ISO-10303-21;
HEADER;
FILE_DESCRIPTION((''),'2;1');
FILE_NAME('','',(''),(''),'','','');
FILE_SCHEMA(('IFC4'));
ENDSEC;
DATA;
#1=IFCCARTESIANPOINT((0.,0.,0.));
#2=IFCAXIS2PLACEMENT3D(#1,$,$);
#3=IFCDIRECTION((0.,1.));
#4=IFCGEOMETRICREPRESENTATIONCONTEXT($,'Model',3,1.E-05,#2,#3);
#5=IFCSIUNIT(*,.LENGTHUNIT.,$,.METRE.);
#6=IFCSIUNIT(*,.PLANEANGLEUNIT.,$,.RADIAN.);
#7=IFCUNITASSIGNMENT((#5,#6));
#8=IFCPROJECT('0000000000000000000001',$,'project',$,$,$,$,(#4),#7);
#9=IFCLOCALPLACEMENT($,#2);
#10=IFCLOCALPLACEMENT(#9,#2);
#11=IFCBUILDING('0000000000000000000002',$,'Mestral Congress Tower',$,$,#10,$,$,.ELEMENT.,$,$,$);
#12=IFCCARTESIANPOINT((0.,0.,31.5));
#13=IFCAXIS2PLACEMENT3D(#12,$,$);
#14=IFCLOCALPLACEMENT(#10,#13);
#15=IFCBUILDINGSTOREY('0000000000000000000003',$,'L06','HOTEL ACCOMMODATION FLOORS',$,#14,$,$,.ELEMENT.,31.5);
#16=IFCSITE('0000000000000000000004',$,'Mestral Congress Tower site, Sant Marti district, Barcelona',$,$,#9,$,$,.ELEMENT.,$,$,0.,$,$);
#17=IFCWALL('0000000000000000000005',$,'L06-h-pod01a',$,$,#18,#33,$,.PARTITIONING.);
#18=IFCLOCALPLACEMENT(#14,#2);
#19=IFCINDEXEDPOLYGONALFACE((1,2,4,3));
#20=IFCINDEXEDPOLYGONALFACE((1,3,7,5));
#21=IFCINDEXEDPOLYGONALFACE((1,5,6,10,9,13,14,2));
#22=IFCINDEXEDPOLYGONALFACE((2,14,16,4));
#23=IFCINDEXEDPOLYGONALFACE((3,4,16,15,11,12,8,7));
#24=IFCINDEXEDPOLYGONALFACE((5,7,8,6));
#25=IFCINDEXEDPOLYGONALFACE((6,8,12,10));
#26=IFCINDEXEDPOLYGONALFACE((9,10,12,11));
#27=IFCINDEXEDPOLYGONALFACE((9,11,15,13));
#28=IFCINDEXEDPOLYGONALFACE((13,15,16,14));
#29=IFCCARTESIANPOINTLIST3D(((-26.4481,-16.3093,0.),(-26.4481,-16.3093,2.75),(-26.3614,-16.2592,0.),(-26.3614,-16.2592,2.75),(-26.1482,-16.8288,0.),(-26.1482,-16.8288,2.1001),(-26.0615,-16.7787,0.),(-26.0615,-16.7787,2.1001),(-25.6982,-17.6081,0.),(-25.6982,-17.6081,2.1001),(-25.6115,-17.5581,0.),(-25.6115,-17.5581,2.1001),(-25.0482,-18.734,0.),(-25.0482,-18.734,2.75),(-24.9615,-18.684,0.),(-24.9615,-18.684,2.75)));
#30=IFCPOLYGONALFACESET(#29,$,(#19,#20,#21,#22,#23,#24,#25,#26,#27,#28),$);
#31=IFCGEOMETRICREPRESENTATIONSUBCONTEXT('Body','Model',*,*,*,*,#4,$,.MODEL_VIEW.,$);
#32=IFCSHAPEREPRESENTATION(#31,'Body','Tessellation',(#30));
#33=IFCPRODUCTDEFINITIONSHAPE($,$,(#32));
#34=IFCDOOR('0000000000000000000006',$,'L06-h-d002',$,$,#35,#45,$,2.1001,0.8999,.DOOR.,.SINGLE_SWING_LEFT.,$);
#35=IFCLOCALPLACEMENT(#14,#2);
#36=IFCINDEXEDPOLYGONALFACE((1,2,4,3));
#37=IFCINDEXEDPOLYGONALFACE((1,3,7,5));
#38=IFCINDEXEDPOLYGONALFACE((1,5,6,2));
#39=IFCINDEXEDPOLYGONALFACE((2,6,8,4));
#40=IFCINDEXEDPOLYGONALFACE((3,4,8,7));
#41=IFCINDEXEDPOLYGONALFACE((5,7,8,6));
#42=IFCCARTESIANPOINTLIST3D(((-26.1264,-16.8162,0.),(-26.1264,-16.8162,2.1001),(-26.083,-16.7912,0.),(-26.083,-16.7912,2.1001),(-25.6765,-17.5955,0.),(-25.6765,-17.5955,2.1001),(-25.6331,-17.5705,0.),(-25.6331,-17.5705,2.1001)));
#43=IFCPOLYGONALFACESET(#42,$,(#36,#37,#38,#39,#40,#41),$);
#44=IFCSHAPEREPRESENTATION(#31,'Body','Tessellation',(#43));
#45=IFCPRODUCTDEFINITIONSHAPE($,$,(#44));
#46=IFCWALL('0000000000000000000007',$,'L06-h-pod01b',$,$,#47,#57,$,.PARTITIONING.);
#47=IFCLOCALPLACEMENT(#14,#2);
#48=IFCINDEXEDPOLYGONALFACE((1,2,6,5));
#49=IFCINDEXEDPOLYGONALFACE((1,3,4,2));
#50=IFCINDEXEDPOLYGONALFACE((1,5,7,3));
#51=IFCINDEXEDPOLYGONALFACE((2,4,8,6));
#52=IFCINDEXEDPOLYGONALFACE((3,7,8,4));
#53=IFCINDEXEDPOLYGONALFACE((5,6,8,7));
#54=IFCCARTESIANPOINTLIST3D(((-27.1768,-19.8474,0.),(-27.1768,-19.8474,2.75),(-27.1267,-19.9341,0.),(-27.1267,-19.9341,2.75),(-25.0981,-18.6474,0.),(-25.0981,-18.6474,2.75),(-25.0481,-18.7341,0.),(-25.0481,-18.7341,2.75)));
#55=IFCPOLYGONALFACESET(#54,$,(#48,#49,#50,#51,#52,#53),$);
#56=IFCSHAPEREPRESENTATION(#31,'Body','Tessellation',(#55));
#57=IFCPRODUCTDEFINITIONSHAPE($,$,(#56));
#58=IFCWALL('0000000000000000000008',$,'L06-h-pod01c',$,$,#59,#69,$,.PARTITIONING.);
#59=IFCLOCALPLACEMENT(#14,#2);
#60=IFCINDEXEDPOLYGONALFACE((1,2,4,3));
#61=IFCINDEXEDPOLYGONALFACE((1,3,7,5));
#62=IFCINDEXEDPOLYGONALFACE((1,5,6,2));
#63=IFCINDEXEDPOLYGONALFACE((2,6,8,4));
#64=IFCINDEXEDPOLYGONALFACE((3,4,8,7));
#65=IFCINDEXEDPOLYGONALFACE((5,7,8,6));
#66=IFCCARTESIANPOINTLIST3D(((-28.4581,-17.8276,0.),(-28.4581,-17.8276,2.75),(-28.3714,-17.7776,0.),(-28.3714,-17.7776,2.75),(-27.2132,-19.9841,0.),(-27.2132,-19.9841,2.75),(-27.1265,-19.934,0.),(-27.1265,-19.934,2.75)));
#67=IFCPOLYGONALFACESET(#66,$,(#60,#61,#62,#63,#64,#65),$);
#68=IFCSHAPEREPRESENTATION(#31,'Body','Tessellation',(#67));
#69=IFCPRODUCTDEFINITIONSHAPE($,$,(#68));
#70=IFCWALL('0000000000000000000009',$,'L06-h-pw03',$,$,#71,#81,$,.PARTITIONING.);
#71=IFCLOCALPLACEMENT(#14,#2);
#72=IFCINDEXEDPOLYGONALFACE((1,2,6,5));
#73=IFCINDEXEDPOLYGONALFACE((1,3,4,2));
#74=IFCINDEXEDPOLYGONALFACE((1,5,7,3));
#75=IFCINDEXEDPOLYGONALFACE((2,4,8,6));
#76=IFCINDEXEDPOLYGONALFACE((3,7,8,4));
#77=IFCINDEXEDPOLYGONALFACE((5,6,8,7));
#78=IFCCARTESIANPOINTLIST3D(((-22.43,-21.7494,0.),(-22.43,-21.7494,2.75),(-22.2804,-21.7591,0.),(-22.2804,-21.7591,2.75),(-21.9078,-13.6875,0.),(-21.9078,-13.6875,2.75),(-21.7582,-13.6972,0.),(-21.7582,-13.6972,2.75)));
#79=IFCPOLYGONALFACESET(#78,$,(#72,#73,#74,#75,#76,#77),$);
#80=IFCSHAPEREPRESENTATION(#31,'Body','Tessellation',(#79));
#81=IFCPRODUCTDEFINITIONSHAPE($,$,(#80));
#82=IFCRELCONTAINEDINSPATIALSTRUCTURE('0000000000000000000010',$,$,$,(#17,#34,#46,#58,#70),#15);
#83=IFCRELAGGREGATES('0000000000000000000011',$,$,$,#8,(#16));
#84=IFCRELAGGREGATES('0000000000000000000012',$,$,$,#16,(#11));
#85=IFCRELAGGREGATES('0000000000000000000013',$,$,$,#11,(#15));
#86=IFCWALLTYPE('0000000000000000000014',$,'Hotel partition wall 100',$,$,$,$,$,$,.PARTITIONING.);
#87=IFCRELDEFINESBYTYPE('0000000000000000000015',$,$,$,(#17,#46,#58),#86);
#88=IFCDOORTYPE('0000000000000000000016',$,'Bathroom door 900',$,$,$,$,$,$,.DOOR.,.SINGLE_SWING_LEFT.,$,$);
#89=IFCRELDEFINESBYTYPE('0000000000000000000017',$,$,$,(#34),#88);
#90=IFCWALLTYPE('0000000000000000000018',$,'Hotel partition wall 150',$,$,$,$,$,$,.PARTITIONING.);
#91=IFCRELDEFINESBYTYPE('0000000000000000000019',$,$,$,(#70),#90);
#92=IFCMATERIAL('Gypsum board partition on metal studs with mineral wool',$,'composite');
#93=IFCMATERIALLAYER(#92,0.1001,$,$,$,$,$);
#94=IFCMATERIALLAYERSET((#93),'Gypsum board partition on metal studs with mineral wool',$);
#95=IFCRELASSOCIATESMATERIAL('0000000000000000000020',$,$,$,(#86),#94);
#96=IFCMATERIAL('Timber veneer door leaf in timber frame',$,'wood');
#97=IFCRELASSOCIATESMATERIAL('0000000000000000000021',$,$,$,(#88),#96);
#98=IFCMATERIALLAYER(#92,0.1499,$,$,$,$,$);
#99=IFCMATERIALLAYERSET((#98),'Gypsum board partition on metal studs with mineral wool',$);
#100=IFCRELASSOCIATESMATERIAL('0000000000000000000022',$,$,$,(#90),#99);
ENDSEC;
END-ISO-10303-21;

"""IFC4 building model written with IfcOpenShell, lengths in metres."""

from ifc_helpers import new_model, si_unit, direction, frame, frame_2d, origin, place, context, subcontext, project, spatial, rectangle, extrude, material, layer, layer_set, type_object, element, fill, save


model = new_model("IFC4")

# Units and contexts
model_context = context("Model", 3, precision=1e-05, world=origin(), true_north=direction((0.0, 1.0)))
body_context = subcontext(model_context, "Body", "Model", "MODEL_VIEW")
ifc_project = project(units=[si_unit("LENGTHUNIT", "METRE"), si_unit("PLANEANGLEUNIT", "RADIAN")], contexts=[model_context])

# Site, building, storey
site_placement = place(None, origin())
site = spatial("IfcSite", under=ifc_project, at=site_placement, Name="Mestral Congress Tower site, Sant Marti district, Barcelona", CompositionType="ELEMENT", RefElevation=0.0)
building_placement = place(site_placement, origin())
building = spatial("IfcBuilding", under=site, at=building_placement, Name="Mestral Congress Tower", CompositionType="ELEMENT")
storey_placement = place(building_placement, frame((0.0, 0.0, 31.5)))
storey = spatial("IfcBuildingStorey", under=building, at=storey_placement, Name="L06", Description="HOTEL ACCOMMODATION FLOORS", CompositionType="ELEMENT", Elevation=31.5)

# Wall, opening, door
ifc_material_1 = material(Name="Gypsum board partition on metal studs with mineral wool", Category="composite")
ifc_layer_1 = layer(ifc_material_1, 0.1001)
ifc_layer_set_1 = layer_set([ifc_layer_1], Name="Gypsum board partition on metal studs with mineral wool")
wall_type_1 = type_object("IfcWallType", Name="Hotel partition wall 100", PredefinedType="PARTITIONING", material=ifc_layer_set_1)
wall_1_placement = place(storey_placement, frame((-25.0049, -18.709, 0.0), z_axis=(0.0, 0.0, 1.0), x_axis=(-0.499984, 0.866035, 0.0)))
wall_1 = element("IfcWall", 1, at=wall_1_placement, inside=storey, type_object=wall_type_1, Name="L06-h-pod01a", PredefinedType="PARTITIONING", context=body_context, shape_type="SweptSolid", body=[
    extrude(rectangle(XDim=2.7998, YDim=0.1001, at=frame_2d((1.3999, 0.0))), origin(), (0.0, 0.0, 1.0), 2.75),
])
opening_1_placement = place(wall_1_placement, frame((1.3, 0.0, 0.0)))
opening_1 = element("IfcOpeningElement", 2, at=opening_1_placement, cuts=wall_1, PredefinedType="OPENING", context=body_context, shape_type="SweptSolid", body=[
    extrude(rectangle(XDim=0.8999, YDim=2.1001, at=frame_2d((0.45, 1.05))), frame((0.0, 0.0601, 0.0), z_axis=(0.0, -1.0, 0.0), x_axis=(1.0, 0.0, 0.0)), (0.0, 0.0, 1.0), 0.1201),
])
ifc_material_2 = material(Name="Timber veneer door leaf in timber frame", Category="wood")
door_type = type_object("IfcDoorType", Name="Bathroom door 900", OperationType="SINGLE_SWING_LEFT", PredefinedType="DOOR", material=ifc_material_2)
door_placement = place(opening_1_placement, origin())
door = element("IfcDoor", 3, at=door_placement, inside=storey, type_object=door_type, Name="L06-h-d002", OperationType="SINGLE_SWING_LEFT", OverallHeight=2.1001, OverallWidth=0.8999, PredefinedType="DOOR", context=body_context, shape_type="SweptSolid", body=[
    extrude(rectangle(XDim=0.8999, YDim=2.1001, at=frame_2d((0.45, 1.05))), frame((0.0, 0.0249, 0.0), z_axis=(0.0, -1.0, 0.0), x_axis=(1.0, 0.0, 0.0)), (0.0, 0.0, 1.0), 0.05),
])
fill(opening_1, door)

# Walls
wall_2_placement = place(storey_placement, frame((-25.073, -18.6907, 0.0), z_axis=(0.0, 0.0, 1.0), x_axis=(-0.86605, -0.499957, 0.0)))
element("IfcWall", 4, at=wall_2_placement, inside=storey, type_object=wall_type_1, Name="L06-h-pod01b", PredefinedType="PARTITIONING", context=body_context, shape_type="SweptSolid", body=[
    extrude(rectangle(XDim=2.4001, YDim=0.1001, at=frame_2d((1.2002, 0.0))), origin(), (0.0, 0.0, 1.0), 2.75),
])
wall_3_placement = place(storey_placement, frame((-28.4148, -17.8025, 0.0), z_axis=(0.0, 0.0, 1.0), x_axis=(0.499946, -0.866057, 0.0)))
element("IfcWall", 5, at=wall_3_placement, inside=storey, type_object=wall_type_1, Name="L06-h-pod01c", PredefinedType="PARTITIONING", context=body_context, shape_type="SweptSolid", body=[
    extrude(rectangle(XDim=2.49, YDim=0.1001, at=frame_2d((1.2451, 0.0))), origin(), (0.0, 0.0, 1.0), 2.75),
])
ifc_layer_2 = layer(ifc_material_1, 0.1499)
ifc_layer_set_2 = layer_set([ifc_layer_2], Name="Gypsum board partition on metal studs with mineral wool")
wall_type_2 = type_object("IfcWallType", Name="Hotel partition wall 150", PredefinedType="PARTITIONING", material=ifc_layer_set_2)
wall_4_placement = place(storey_placement, frame((-22.3552, -21.7544, 0.0), z_axis=(0.0, 0.0, 1.0), x_axis=(0.06464, 0.997909, 0.0)))
element("IfcWall", 6, at=wall_4_placement, inside=storey, type_object=wall_type_2, Name="L06-h-pw03", PredefinedType="PARTITIONING", context=body_context, shape_type="SweptSolid", body=[
    extrude(rectangle(XDim=8.0789, YDim=0.1499, at=frame_2d((4.0396, 0.0))), origin(), (0.0, 0.0, 1.0), 2.75),
])

save(model, "model.ifc")
